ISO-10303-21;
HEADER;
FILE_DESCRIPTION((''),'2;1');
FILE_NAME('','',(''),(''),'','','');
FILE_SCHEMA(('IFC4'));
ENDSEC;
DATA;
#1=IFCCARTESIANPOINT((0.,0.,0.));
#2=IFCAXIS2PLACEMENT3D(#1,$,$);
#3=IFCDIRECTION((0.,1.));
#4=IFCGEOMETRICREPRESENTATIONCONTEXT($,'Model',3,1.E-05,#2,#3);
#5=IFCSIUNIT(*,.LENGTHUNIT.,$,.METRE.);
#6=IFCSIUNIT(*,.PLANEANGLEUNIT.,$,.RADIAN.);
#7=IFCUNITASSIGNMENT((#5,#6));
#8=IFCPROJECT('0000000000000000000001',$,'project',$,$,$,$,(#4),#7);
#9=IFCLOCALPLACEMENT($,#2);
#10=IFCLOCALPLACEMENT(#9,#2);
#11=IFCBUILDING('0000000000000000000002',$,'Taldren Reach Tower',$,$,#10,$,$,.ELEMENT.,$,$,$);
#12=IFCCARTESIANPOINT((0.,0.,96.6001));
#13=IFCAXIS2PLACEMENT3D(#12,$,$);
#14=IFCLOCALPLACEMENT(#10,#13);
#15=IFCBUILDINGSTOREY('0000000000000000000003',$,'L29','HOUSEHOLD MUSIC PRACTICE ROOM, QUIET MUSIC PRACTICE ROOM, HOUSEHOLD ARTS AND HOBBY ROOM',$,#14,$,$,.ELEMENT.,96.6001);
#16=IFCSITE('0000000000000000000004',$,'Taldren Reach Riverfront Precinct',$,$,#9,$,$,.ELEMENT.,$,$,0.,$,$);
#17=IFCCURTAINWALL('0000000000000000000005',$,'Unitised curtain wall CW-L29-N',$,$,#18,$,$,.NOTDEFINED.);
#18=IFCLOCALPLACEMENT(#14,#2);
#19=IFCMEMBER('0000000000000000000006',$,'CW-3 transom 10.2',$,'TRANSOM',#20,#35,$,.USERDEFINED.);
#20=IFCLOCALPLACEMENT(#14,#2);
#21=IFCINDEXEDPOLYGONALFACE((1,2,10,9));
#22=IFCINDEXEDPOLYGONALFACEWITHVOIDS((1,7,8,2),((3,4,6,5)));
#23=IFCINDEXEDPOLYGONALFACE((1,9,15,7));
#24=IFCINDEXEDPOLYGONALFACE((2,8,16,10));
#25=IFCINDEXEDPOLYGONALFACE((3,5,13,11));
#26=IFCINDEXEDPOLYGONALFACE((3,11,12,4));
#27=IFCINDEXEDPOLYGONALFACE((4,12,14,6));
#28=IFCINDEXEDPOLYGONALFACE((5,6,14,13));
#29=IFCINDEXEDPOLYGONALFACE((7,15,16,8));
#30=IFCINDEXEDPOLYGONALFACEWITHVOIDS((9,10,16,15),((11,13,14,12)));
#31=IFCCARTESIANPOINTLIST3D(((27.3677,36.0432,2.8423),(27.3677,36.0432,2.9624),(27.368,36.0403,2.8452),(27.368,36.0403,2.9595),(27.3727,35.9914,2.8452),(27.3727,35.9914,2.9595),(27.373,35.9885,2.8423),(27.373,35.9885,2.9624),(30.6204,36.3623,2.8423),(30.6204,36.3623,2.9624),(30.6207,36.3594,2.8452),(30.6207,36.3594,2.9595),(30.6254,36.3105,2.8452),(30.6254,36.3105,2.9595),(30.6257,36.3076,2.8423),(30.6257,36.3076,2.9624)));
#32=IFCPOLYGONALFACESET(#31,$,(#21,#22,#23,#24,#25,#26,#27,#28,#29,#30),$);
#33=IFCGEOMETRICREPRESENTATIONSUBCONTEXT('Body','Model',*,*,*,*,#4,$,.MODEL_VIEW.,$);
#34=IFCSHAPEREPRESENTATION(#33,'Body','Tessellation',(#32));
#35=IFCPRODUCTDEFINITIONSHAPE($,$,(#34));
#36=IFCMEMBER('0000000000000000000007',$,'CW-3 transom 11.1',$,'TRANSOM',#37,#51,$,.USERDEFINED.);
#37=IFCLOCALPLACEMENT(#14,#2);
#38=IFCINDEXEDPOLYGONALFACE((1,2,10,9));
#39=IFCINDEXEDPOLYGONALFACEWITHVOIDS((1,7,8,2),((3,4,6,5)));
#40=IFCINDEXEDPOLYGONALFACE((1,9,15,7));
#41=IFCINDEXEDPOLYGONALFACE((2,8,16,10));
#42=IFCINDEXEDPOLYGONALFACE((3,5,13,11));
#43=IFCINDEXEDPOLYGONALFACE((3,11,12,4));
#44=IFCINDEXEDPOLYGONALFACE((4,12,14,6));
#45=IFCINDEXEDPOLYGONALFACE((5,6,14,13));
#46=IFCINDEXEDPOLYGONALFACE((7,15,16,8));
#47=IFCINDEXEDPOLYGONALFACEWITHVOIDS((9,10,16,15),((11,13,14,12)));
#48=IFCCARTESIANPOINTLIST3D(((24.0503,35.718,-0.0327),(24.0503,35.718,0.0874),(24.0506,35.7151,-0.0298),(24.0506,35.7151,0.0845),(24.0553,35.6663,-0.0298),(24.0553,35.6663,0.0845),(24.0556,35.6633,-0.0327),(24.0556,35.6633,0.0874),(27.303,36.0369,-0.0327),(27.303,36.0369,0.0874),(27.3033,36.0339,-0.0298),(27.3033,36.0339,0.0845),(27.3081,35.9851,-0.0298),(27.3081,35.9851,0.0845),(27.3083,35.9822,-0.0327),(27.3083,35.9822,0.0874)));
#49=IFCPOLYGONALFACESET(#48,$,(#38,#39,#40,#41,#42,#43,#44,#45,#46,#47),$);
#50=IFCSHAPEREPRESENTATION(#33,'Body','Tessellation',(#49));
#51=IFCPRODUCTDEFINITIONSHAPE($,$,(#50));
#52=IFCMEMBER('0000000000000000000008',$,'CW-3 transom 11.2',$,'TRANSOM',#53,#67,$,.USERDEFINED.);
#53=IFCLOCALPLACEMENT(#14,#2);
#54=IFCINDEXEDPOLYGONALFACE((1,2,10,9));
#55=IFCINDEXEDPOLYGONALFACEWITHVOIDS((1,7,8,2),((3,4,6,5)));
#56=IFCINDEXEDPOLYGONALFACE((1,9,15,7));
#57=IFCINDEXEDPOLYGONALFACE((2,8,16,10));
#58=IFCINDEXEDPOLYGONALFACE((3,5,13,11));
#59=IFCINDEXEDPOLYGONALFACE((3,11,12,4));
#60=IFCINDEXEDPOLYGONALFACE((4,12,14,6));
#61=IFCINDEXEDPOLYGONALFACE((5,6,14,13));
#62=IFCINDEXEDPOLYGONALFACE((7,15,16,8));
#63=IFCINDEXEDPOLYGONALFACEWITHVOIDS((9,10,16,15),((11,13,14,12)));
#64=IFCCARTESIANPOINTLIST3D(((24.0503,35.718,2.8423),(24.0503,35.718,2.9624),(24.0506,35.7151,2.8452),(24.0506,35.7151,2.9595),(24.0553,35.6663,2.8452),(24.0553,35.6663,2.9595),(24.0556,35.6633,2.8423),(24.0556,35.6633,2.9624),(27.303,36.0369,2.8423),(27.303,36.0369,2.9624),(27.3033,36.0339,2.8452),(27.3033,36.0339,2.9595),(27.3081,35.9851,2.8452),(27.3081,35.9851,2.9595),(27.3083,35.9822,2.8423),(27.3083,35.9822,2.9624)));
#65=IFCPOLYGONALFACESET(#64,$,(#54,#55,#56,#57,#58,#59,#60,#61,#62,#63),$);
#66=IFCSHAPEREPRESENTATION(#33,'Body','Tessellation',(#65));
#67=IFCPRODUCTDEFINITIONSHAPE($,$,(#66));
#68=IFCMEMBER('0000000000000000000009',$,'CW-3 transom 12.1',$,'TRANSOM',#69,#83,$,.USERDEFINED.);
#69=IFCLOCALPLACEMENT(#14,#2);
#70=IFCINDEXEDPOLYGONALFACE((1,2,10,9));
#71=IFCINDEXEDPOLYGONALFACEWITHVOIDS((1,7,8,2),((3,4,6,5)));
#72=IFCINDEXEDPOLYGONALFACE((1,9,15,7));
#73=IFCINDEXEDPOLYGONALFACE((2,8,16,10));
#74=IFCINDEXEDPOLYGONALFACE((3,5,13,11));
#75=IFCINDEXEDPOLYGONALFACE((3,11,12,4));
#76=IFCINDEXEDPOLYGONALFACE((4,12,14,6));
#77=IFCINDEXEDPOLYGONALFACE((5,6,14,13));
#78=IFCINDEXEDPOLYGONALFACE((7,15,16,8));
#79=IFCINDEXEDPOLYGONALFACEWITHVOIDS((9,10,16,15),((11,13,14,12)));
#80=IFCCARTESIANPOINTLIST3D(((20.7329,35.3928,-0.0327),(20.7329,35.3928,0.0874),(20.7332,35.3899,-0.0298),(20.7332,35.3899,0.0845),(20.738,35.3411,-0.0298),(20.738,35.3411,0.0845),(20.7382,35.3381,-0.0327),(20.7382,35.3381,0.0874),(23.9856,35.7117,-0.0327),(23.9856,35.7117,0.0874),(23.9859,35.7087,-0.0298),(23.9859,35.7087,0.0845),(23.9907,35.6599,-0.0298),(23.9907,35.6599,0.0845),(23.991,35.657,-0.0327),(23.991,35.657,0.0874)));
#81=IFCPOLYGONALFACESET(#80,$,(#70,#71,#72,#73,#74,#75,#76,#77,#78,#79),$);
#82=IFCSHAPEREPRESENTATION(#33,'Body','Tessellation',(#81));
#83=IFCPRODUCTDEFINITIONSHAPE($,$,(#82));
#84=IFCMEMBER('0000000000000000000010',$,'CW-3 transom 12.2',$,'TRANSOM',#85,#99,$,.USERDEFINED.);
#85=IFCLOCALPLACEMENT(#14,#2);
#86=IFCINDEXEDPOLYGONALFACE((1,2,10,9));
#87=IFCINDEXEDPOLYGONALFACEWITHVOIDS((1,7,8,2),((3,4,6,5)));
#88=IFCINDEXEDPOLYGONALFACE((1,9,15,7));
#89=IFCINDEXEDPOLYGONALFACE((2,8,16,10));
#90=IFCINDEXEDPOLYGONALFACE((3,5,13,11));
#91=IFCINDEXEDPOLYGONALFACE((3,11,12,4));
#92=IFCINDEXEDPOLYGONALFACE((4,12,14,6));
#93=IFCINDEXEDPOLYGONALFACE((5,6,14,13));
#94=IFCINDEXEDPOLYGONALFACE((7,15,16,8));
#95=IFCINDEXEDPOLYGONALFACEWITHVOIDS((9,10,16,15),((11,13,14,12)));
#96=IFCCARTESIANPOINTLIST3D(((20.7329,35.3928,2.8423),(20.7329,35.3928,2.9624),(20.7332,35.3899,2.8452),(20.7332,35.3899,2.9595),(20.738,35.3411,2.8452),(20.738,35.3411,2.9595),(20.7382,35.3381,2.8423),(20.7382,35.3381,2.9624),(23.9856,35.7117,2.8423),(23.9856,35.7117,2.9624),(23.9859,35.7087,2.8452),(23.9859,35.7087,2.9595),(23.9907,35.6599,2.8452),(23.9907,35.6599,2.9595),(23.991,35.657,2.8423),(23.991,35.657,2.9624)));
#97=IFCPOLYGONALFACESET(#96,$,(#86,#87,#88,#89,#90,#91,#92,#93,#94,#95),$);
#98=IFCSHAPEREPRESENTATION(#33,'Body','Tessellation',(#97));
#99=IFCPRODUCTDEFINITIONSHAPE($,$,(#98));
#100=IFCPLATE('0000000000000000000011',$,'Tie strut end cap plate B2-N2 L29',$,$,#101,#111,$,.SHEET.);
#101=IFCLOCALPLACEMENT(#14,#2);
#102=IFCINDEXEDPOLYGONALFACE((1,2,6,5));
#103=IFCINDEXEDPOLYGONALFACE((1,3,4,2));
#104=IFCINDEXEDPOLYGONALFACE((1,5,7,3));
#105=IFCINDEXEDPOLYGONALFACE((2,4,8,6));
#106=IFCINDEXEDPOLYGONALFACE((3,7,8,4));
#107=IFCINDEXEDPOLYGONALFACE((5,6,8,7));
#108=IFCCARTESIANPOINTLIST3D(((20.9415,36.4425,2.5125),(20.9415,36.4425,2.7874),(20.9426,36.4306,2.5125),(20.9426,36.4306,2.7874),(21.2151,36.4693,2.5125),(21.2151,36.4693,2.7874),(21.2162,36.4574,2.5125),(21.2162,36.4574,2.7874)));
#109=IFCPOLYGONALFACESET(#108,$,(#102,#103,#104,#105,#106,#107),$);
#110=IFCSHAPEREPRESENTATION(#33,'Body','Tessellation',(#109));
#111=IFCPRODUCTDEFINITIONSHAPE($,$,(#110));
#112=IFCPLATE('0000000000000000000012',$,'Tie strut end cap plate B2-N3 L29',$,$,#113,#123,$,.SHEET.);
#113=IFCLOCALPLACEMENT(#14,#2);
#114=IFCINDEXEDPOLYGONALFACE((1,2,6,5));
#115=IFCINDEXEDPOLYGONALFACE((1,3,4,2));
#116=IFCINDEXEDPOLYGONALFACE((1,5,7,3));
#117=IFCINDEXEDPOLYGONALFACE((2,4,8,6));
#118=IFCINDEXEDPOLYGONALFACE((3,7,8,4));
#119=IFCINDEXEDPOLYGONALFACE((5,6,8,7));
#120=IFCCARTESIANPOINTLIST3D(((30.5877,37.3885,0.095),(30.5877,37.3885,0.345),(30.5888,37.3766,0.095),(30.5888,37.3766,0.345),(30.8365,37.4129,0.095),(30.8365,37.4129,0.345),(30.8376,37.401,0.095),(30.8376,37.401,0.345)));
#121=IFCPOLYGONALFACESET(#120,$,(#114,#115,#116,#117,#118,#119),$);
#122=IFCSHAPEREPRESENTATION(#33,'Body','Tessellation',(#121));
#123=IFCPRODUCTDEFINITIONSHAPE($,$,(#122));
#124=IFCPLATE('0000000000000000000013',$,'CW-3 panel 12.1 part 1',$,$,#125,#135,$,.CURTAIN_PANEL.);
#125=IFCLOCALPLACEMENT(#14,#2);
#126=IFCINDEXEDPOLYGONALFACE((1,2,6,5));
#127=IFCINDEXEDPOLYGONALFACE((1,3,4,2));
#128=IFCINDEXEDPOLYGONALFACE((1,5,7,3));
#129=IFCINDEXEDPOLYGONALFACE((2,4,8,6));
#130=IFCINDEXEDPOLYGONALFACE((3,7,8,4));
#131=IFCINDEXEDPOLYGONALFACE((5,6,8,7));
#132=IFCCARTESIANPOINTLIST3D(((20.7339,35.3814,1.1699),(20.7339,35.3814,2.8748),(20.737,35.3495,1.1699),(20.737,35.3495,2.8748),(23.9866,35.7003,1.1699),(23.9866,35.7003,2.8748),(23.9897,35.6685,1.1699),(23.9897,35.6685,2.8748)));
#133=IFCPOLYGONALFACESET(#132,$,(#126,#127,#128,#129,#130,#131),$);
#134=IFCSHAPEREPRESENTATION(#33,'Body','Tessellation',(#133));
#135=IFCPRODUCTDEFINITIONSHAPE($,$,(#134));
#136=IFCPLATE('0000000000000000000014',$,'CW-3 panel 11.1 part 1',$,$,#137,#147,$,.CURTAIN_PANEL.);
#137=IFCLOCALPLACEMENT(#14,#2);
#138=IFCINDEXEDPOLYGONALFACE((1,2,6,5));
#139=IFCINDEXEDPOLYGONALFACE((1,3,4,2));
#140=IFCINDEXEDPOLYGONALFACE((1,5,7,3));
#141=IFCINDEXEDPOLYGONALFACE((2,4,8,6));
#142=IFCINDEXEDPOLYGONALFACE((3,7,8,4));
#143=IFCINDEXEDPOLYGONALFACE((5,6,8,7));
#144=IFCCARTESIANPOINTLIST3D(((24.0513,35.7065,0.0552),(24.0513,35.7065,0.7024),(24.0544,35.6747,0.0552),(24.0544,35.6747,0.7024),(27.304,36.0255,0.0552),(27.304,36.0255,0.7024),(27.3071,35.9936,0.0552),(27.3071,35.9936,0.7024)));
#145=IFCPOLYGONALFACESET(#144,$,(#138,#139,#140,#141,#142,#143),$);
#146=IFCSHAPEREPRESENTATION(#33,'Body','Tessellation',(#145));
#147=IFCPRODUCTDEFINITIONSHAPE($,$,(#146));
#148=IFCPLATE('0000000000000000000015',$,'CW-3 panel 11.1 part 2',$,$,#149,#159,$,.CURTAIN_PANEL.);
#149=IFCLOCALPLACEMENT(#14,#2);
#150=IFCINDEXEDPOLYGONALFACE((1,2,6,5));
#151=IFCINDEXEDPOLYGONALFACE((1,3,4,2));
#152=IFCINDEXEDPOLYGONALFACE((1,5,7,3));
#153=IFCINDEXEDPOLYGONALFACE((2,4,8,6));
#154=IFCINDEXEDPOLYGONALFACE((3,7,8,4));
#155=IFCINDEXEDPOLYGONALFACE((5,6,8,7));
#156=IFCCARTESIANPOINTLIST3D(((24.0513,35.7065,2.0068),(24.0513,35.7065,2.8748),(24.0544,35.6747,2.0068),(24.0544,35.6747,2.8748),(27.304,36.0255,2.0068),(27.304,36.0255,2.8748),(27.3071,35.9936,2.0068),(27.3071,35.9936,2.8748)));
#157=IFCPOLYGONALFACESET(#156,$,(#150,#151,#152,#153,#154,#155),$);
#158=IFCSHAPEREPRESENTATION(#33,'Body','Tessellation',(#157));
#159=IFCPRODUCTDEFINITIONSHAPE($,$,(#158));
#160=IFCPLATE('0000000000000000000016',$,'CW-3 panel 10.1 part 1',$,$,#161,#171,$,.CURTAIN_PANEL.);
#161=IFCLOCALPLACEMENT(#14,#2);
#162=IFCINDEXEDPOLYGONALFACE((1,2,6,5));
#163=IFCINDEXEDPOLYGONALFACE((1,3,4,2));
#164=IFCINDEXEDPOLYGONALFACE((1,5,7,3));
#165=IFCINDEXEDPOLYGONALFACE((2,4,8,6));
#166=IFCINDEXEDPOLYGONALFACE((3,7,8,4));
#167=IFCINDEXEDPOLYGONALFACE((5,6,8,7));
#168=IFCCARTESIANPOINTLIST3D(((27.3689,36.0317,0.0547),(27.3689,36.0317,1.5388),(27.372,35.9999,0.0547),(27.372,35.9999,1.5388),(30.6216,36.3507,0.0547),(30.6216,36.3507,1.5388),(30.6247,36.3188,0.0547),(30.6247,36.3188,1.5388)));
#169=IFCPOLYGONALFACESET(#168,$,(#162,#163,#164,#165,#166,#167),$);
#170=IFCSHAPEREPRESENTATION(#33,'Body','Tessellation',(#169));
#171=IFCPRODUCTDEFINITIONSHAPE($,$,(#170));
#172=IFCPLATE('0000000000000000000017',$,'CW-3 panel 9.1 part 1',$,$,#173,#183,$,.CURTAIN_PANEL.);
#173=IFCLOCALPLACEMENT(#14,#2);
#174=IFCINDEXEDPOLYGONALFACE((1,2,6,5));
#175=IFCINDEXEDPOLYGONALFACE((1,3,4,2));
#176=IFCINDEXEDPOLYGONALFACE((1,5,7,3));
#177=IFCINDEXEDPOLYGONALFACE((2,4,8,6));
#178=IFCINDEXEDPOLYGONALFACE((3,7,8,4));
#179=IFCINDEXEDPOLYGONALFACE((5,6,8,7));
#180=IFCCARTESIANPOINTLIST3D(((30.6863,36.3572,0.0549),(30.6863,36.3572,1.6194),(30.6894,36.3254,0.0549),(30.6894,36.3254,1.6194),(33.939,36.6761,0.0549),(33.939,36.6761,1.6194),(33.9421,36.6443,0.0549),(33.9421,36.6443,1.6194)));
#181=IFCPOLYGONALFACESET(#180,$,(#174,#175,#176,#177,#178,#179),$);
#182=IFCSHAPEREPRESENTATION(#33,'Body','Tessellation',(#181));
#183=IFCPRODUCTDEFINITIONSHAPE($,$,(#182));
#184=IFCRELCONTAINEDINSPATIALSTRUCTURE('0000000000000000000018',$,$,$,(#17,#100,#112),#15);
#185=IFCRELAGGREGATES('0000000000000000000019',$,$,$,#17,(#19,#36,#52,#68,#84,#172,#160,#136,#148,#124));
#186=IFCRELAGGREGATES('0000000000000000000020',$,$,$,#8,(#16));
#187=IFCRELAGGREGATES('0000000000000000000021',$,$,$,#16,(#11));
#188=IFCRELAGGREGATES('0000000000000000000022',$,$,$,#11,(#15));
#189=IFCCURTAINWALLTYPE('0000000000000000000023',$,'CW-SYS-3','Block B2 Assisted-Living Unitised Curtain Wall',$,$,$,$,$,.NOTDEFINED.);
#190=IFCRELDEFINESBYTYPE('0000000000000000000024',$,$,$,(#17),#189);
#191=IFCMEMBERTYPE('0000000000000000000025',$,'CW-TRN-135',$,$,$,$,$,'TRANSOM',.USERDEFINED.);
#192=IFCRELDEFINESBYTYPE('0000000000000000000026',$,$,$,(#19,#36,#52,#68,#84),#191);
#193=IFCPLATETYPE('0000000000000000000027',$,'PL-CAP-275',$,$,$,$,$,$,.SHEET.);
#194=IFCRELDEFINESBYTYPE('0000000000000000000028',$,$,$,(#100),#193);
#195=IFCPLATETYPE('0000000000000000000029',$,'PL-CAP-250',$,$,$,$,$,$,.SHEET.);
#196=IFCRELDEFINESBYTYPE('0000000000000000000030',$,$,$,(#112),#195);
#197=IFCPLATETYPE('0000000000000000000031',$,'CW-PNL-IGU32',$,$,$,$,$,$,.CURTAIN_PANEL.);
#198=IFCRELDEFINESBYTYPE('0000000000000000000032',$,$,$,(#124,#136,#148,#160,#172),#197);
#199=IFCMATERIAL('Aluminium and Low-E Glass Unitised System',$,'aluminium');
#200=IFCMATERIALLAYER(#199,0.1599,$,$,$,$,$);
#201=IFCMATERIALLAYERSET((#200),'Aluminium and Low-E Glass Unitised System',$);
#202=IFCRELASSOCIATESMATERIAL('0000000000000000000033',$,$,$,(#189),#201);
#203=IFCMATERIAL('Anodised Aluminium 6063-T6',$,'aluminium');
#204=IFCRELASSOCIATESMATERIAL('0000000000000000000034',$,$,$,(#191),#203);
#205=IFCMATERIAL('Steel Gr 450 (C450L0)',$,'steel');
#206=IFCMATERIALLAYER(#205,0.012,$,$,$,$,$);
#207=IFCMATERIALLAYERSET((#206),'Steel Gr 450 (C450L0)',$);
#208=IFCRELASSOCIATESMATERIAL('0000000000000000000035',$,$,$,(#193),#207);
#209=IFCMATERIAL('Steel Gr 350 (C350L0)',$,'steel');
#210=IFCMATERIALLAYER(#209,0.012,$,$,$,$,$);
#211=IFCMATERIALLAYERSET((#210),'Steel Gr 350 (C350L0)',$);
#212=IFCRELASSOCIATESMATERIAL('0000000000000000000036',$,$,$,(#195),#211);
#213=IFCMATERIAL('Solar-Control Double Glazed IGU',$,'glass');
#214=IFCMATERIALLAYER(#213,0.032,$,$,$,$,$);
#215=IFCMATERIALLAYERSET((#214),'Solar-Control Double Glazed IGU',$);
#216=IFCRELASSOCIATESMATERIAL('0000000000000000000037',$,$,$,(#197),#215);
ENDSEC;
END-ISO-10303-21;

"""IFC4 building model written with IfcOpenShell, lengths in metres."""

from ifc_helpers import new_model, si_unit, direction, frame, origin, origin_2d, place, context, subcontext, project, spatial, rectangle, hollow_rectangle, extrude, source, transform, mapped, material, layer, layer_set, material_profile, profile_set, type_object, element, aggregate, save


model = new_model("IFC4")

# Units and contexts
model_context = context("Model", 3, precision=1e-05, world=origin(), true_north=direction((0.0, 1.0)))
body_context = subcontext(model_context, "Body", "Model", "MODEL_VIEW")
ifc_project = project(units=[si_unit("LENGTHUNIT", "METRE"), si_unit("PLANEANGLEUNIT", "RADIAN")], contexts=[model_context])

# Site, building, storey
site_placement = place(None, origin())
site = spatial("IfcSite", under=ifc_project, at=site_placement, Name="Taldren Reach Riverfront Precinct", CompositionType="ELEMENT", RefElevation=0.0)
building_placement = place(site_placement, origin())
building = spatial("IfcBuilding", under=site, at=building_placement, Name="Taldren Reach Tower", CompositionType="ELEMENT")
storey_placement = place(building_placement, frame((0.0, 0.0, 96.6001)))
storey = spatial("IfcBuildingStorey", under=building, at=storey_placement, Name="L29", Description="HOUSEHOLD MUSIC PRACTICE ROOM, QUIET MUSIC PRACTICE ROOM, HOUSEHOLD ARTS AND HOBBY ROOM", CompositionType="ELEMENT", Elevation=96.6001)

# Shared definitions
ifc_material_1 = material(Name="Steel Gr 450 (C450L0)", Category="steel")
ifc_material_2 = material(Name="Steel Gr 350 (C350L0)", Category="steel")

# Curtain wall, members
ifc_material_3 = material(Name="Aluminium and Low-E Glass Unitised System", Category="aluminium")
ifc_layer_1 = layer(ifc_material_3, 0.1599)
ifc_layer_set_1 = layer_set([ifc_layer_1], Name="Aluminium and Low-E Glass Unitised System")
curtain_wall_type = type_object("IfcCurtainWallType", Name="CW-SYS-3", Description="Block B2 Assisted-Living Unitised Curtain Wall", PredefinedType="NOTDEFINED", material=ifc_layer_set_1)
curtain_wall_placement = place(storey_placement, origin())
curtain_wall = element("IfcCurtainWall", 1, at=curtain_wall_placement, inside=storey, type_object=curtain_wall_type, Name="Unitised curtain wall CW-L29-N", PredefinedType="NOTDEFINED")
ifc_material_4 = material(Name="Anodised Aluminium 6063-T6", Category="aluminium")
ifc_material_profile_1 = material_profile(ifc_material_4, hollow_rectangle(XDim=0.0549, YDim=0.1201, WallThickness=0.0029, at=origin_2d()), Name="ALU-120x55x3RHS")
ifc_profile_set_1 = profile_set([ifc_material_profile_1], Name="Anodised Aluminium 6063-T6")
member_type_1 = type_object("IfcMemberType", Name="CW-TRN-135", ElementType="TRANSOM", PredefinedType="USERDEFINED", material=ifc_profile_set_1)
shared_shape_1 = source(origin(), body_context, "Body", "SweptSolid", [
    extrude(hollow_rectangle(XDim=0.0549, YDim=0.1201, WallThickness=0.0029, at=origin_2d()), origin(), (0.0, 0.0, 1.0), 3.2683),
])
member_1_placement = place(storey_placement, frame((30.623, 36.335, 2.9023), z_axis=(-0.995223, -0.097632, 0.0), x_axis=(0.097632, -0.995223, 0.0)))
member_1 = element("IfcMember", 2, at=member_1_placement, type_object=member_type_1, Name="CW-3 transom 10.2", ObjectType="TRANSOM", PredefinedType="USERDEFINED", context=body_context, shape_type="MappedRepresentation", body=[
    mapped(shared_shape_1, transform((0.0, 0.0, 0.0), scale=1.0)),
])
member_2_placement = place(storey_placement, frame((27.3057, 36.0095, 0.0273), z_axis=(-0.99523, -0.097558, 0.0), x_axis=(0.097558, -0.99523, 0.0)))
member_2 = element("IfcMember", 3, at=member_2_placement, type_object=member_type_1, Name="CW-3 transom 11.1", ObjectType="TRANSOM", PredefinedType="USERDEFINED", context=body_context, shape_type="MappedRepresentation", body=[
    mapped(shared_shape_1, transform((0.0, 0.0, 0.0), scale=1.0)),
])
member_3_placement = place(storey_placement, frame((27.3057, 36.0095, 2.9023), z_axis=(-0.99523, -0.097558, 0.0), x_axis=(0.097558, -0.99523, 0.0)))
member_3 = element("IfcMember", 4, at=member_3_placement, type_object=member_type_1, Name="CW-3 transom 11.2", ObjectType="TRANSOM", PredefinedType="USERDEFINED", context=body_context, shape_type="MappedRepresentation", body=[
    mapped(shared_shape_1, transform((0.0, 0.0, 0.0), scale=1.0)),
])
member_4_placement = place(storey_placement, frame((23.9883, 35.6843, 0.0273), z_axis=(-0.99523, -0.097558, 0.0), x_axis=(0.097558, -0.99523, 0.0)))
member_4 = element("IfcMember", 5, at=member_4_placement, type_object=member_type_1, Name="CW-3 transom 12.1", ObjectType="TRANSOM", PredefinedType="USERDEFINED", context=body_context, shape_type="MappedRepresentation", body=[
    mapped(shared_shape_1, transform((0.0, 0.0, 0.0), scale=1.0)),
])
member_5_placement = place(storey_placement, frame((23.9883, 35.6843, 2.9023), z_axis=(-0.99523, -0.097558, 0.0), x_axis=(0.097558, -0.99523, 0.0)))
member_5 = element("IfcMember", 6, at=member_5_placement, type_object=member_type_1, Name="CW-3 transom 12.2", ObjectType="TRANSOM", PredefinedType="USERDEFINED", context=body_context, shape_type="MappedRepresentation", body=[
    mapped(shared_shape_1, transform((0.0, 0.0, 0.0), scale=1.0)),
])

# Plates
ifc_layer_2 = layer(ifc_material_1, 0.012)
ifc_layer_set_2 = layer_set([ifc_layer_2], Name="Steel Gr 450 (C450L0)")
plate_type_1 = type_object("IfcPlateType", Name="PL-CAP-275", PredefinedType="SHEET", material=ifc_layer_set_2)
shared_shape_2 = source(origin(), body_context, "Body", "SweptSolid", [
    extrude(rectangle(XDim=0.2749, YDim=0.012, at=origin_2d()), origin(), (0.0, 0.0, 1.0), 0.2749),
])
plate_1_placement = place(storey_placement, frame((21.0789, 36.45, 2.5125), z_axis=(0.0, 0.0, 1.0), x_axis=(0.995227, 0.097583, 0.0)))
element("IfcPlate", 7, at=plate_1_placement, inside=storey, type_object=plate_type_1, Name="Tie strut end cap plate B2-N2 L29", PredefinedType="SHEET", context=body_context, shape_type="MappedRepresentation", body=[
    mapped(shared_shape_2, transform((0.0, 0.0, 0.0), scale=1.0)),
])
ifc_layer_3 = layer(ifc_material_2, 0.012)
ifc_layer_set_3 = layer_set([ifc_layer_3], Name="Steel Gr 350 (C350L0)")
plate_type_2 = type_object("IfcPlateType", Name="PL-CAP-250", PredefinedType="SHEET", material=ifc_layer_set_3)
shared_shape_3 = source(origin(), body_context, "Body", "SweptSolid", [
    extrude(rectangle(XDim=0.25, YDim=0.012, at=origin_2d()), origin(), (0.0, 0.0, 1.0), 0.25),
])
plate_2_placement = place(storey_placement, frame((30.7126, 37.3948, 0.095), z_axis=(0.0, 0.0, 1.0), x_axis=(0.995227, 0.097583, 0.0)))
element("IfcPlate", 8, at=plate_2_placement, inside=storey, type_object=plate_type_2, Name="Tie strut end cap plate B2-N3 L29", PredefinedType="SHEET", context=body_context, shape_type="MappedRepresentation", body=[
    mapped(shared_shape_3, transform((0.0, 0.0, 0.0), scale=1.0)),
])

# Plates
ifc_material_5 = material(Name="Solar-Control Double Glazed IGU", Category="glass")
ifc_layer_4 = layer(ifc_material_5, 0.032)
ifc_layer_set_4 = layer_set([ifc_layer_4], Name="Solar-Control Double Glazed IGU")
plate_type_3 = type_object("IfcPlateType", Name="CW-PNL-IGU32", PredefinedType="CURTAIN_PANEL", material=ifc_layer_set_4)
shared_shape_4 = source(origin(), body_context, "Body", "SweptSolid", [
    extrude(rectangle(XDim=3.2683, YDim=0.032, at=origin_2d()), origin(), (0.0, 0.0, 1.0), 1.7048),
])
plate_3_placement = place(storey_placement, frame((22.3618, 35.5249, 1.1699), z_axis=(0.0, 0.0, 1.0), x_axis=(-0.995227, -0.097583, 0.0)))
plate_3 = element("IfcPlate", 9, at=plate_3_placement, type_object=plate_type_3, Name="CW-3 panel 12.1 part 1", PredefinedType="CURTAIN_PANEL", context=body_context, shape_type="MappedRepresentation", body=[
    mapped(shared_shape_4, transform((0.0, 0.0, 0.0), scale=1.0)),
])
shared_shape_5 = source(origin(), body_context, "Body", "SweptSolid", [
    extrude(rectangle(XDim=3.2683, YDim=0.032, at=origin_2d()), origin(), (0.0, 0.0, 1.0), 0.6472),
])
plate_4_placement = place(storey_placement, frame((25.6792, 35.8501, 0.0552), z_axis=(0.0, 0.0, 1.0), x_axis=(-0.995227, -0.097583, 0.0)))
plate_4 = element("IfcPlate", 10, at=plate_4_placement, type_object=plate_type_3, Name="CW-3 panel 11.1 part 1", PredefinedType="CURTAIN_PANEL", context=body_context, shape_type="MappedRepresentation", body=[
    mapped(shared_shape_5, transform((0.0, 0.0, 0.0), scale=1.0)),
])
shared_shape_6 = source(origin(), body_context, "Body", "SweptSolid", [
    extrude(rectangle(XDim=3.2683, YDim=0.032, at=origin_2d()), origin(), (0.0, 0.0, 1.0), 0.8679),
])
plate_5_placement = place(storey_placement, frame((25.6792, 35.8501, 2.0068), z_axis=(0.0, 0.0, 1.0), x_axis=(-0.995227, -0.097583, 0.0)))
plate_5 = element("IfcPlate", 11, at=plate_5_placement, type_object=plate_type_3, Name="CW-3 panel 11.1 part 2", PredefinedType="CURTAIN_PANEL", context=body_context, shape_type="MappedRepresentation", body=[
    mapped(shared_shape_6, transform((0.0, 0.0, 0.0), scale=1.0)),
])
shared_shape_7 = source(origin(), body_context, "Body", "SweptSolid", [
    extrude(rectangle(XDim=3.2683, YDim=0.032, at=origin_2d()), origin(), (0.0, 0.0, 1.0), 1.4841),
])
plate_6_placement = place(storey_placement, frame((28.9968, 36.1753, 0.0547), z_axis=(0.0, 0.0, 1.0), x_axis=(-0.995227, -0.097583, 0.0)))
plate_6 = element("IfcPlate", 12, at=plate_6_placement, type_object=plate_type_3, Name="CW-3 panel 10.1 part 1", PredefinedType="CURTAIN_PANEL", context=body_context, shape_type="MappedRepresentation", body=[
    mapped(shared_shape_7, transform((0.0, 0.0, 0.0), scale=1.0)),
])
shared_shape_8 = source(origin(), body_context, "Body", "SweptSolid", [
    extrude(rectangle(XDim=3.2683, YDim=0.032, at=origin_2d()), origin(), (0.0, 0.0, 1.0), 1.5645),
])
plate_7_placement = place(storey_placement, frame((32.3142, 36.5007, 0.0549), z_axis=(0.0, 0.0, 1.0), x_axis=(-0.995227, -0.097583, 0.0)))
plate_7 = element("IfcPlate", 13, at=plate_7_placement, type_object=plate_type_3, Name="CW-3 panel 9.1 part 1", PredefinedType="CURTAIN_PANEL", context=body_context, shape_type="MappedRepresentation", body=[
    mapped(shared_shape_8, transform((0.0, 0.0, 0.0), scale=1.0)),
])
aggregate(curtain_wall, [member_1, member_2, member_3, member_4, member_5, plate_7, plate_6, plate_4, plate_5, plate_3])

save(model, "model.ifc")
